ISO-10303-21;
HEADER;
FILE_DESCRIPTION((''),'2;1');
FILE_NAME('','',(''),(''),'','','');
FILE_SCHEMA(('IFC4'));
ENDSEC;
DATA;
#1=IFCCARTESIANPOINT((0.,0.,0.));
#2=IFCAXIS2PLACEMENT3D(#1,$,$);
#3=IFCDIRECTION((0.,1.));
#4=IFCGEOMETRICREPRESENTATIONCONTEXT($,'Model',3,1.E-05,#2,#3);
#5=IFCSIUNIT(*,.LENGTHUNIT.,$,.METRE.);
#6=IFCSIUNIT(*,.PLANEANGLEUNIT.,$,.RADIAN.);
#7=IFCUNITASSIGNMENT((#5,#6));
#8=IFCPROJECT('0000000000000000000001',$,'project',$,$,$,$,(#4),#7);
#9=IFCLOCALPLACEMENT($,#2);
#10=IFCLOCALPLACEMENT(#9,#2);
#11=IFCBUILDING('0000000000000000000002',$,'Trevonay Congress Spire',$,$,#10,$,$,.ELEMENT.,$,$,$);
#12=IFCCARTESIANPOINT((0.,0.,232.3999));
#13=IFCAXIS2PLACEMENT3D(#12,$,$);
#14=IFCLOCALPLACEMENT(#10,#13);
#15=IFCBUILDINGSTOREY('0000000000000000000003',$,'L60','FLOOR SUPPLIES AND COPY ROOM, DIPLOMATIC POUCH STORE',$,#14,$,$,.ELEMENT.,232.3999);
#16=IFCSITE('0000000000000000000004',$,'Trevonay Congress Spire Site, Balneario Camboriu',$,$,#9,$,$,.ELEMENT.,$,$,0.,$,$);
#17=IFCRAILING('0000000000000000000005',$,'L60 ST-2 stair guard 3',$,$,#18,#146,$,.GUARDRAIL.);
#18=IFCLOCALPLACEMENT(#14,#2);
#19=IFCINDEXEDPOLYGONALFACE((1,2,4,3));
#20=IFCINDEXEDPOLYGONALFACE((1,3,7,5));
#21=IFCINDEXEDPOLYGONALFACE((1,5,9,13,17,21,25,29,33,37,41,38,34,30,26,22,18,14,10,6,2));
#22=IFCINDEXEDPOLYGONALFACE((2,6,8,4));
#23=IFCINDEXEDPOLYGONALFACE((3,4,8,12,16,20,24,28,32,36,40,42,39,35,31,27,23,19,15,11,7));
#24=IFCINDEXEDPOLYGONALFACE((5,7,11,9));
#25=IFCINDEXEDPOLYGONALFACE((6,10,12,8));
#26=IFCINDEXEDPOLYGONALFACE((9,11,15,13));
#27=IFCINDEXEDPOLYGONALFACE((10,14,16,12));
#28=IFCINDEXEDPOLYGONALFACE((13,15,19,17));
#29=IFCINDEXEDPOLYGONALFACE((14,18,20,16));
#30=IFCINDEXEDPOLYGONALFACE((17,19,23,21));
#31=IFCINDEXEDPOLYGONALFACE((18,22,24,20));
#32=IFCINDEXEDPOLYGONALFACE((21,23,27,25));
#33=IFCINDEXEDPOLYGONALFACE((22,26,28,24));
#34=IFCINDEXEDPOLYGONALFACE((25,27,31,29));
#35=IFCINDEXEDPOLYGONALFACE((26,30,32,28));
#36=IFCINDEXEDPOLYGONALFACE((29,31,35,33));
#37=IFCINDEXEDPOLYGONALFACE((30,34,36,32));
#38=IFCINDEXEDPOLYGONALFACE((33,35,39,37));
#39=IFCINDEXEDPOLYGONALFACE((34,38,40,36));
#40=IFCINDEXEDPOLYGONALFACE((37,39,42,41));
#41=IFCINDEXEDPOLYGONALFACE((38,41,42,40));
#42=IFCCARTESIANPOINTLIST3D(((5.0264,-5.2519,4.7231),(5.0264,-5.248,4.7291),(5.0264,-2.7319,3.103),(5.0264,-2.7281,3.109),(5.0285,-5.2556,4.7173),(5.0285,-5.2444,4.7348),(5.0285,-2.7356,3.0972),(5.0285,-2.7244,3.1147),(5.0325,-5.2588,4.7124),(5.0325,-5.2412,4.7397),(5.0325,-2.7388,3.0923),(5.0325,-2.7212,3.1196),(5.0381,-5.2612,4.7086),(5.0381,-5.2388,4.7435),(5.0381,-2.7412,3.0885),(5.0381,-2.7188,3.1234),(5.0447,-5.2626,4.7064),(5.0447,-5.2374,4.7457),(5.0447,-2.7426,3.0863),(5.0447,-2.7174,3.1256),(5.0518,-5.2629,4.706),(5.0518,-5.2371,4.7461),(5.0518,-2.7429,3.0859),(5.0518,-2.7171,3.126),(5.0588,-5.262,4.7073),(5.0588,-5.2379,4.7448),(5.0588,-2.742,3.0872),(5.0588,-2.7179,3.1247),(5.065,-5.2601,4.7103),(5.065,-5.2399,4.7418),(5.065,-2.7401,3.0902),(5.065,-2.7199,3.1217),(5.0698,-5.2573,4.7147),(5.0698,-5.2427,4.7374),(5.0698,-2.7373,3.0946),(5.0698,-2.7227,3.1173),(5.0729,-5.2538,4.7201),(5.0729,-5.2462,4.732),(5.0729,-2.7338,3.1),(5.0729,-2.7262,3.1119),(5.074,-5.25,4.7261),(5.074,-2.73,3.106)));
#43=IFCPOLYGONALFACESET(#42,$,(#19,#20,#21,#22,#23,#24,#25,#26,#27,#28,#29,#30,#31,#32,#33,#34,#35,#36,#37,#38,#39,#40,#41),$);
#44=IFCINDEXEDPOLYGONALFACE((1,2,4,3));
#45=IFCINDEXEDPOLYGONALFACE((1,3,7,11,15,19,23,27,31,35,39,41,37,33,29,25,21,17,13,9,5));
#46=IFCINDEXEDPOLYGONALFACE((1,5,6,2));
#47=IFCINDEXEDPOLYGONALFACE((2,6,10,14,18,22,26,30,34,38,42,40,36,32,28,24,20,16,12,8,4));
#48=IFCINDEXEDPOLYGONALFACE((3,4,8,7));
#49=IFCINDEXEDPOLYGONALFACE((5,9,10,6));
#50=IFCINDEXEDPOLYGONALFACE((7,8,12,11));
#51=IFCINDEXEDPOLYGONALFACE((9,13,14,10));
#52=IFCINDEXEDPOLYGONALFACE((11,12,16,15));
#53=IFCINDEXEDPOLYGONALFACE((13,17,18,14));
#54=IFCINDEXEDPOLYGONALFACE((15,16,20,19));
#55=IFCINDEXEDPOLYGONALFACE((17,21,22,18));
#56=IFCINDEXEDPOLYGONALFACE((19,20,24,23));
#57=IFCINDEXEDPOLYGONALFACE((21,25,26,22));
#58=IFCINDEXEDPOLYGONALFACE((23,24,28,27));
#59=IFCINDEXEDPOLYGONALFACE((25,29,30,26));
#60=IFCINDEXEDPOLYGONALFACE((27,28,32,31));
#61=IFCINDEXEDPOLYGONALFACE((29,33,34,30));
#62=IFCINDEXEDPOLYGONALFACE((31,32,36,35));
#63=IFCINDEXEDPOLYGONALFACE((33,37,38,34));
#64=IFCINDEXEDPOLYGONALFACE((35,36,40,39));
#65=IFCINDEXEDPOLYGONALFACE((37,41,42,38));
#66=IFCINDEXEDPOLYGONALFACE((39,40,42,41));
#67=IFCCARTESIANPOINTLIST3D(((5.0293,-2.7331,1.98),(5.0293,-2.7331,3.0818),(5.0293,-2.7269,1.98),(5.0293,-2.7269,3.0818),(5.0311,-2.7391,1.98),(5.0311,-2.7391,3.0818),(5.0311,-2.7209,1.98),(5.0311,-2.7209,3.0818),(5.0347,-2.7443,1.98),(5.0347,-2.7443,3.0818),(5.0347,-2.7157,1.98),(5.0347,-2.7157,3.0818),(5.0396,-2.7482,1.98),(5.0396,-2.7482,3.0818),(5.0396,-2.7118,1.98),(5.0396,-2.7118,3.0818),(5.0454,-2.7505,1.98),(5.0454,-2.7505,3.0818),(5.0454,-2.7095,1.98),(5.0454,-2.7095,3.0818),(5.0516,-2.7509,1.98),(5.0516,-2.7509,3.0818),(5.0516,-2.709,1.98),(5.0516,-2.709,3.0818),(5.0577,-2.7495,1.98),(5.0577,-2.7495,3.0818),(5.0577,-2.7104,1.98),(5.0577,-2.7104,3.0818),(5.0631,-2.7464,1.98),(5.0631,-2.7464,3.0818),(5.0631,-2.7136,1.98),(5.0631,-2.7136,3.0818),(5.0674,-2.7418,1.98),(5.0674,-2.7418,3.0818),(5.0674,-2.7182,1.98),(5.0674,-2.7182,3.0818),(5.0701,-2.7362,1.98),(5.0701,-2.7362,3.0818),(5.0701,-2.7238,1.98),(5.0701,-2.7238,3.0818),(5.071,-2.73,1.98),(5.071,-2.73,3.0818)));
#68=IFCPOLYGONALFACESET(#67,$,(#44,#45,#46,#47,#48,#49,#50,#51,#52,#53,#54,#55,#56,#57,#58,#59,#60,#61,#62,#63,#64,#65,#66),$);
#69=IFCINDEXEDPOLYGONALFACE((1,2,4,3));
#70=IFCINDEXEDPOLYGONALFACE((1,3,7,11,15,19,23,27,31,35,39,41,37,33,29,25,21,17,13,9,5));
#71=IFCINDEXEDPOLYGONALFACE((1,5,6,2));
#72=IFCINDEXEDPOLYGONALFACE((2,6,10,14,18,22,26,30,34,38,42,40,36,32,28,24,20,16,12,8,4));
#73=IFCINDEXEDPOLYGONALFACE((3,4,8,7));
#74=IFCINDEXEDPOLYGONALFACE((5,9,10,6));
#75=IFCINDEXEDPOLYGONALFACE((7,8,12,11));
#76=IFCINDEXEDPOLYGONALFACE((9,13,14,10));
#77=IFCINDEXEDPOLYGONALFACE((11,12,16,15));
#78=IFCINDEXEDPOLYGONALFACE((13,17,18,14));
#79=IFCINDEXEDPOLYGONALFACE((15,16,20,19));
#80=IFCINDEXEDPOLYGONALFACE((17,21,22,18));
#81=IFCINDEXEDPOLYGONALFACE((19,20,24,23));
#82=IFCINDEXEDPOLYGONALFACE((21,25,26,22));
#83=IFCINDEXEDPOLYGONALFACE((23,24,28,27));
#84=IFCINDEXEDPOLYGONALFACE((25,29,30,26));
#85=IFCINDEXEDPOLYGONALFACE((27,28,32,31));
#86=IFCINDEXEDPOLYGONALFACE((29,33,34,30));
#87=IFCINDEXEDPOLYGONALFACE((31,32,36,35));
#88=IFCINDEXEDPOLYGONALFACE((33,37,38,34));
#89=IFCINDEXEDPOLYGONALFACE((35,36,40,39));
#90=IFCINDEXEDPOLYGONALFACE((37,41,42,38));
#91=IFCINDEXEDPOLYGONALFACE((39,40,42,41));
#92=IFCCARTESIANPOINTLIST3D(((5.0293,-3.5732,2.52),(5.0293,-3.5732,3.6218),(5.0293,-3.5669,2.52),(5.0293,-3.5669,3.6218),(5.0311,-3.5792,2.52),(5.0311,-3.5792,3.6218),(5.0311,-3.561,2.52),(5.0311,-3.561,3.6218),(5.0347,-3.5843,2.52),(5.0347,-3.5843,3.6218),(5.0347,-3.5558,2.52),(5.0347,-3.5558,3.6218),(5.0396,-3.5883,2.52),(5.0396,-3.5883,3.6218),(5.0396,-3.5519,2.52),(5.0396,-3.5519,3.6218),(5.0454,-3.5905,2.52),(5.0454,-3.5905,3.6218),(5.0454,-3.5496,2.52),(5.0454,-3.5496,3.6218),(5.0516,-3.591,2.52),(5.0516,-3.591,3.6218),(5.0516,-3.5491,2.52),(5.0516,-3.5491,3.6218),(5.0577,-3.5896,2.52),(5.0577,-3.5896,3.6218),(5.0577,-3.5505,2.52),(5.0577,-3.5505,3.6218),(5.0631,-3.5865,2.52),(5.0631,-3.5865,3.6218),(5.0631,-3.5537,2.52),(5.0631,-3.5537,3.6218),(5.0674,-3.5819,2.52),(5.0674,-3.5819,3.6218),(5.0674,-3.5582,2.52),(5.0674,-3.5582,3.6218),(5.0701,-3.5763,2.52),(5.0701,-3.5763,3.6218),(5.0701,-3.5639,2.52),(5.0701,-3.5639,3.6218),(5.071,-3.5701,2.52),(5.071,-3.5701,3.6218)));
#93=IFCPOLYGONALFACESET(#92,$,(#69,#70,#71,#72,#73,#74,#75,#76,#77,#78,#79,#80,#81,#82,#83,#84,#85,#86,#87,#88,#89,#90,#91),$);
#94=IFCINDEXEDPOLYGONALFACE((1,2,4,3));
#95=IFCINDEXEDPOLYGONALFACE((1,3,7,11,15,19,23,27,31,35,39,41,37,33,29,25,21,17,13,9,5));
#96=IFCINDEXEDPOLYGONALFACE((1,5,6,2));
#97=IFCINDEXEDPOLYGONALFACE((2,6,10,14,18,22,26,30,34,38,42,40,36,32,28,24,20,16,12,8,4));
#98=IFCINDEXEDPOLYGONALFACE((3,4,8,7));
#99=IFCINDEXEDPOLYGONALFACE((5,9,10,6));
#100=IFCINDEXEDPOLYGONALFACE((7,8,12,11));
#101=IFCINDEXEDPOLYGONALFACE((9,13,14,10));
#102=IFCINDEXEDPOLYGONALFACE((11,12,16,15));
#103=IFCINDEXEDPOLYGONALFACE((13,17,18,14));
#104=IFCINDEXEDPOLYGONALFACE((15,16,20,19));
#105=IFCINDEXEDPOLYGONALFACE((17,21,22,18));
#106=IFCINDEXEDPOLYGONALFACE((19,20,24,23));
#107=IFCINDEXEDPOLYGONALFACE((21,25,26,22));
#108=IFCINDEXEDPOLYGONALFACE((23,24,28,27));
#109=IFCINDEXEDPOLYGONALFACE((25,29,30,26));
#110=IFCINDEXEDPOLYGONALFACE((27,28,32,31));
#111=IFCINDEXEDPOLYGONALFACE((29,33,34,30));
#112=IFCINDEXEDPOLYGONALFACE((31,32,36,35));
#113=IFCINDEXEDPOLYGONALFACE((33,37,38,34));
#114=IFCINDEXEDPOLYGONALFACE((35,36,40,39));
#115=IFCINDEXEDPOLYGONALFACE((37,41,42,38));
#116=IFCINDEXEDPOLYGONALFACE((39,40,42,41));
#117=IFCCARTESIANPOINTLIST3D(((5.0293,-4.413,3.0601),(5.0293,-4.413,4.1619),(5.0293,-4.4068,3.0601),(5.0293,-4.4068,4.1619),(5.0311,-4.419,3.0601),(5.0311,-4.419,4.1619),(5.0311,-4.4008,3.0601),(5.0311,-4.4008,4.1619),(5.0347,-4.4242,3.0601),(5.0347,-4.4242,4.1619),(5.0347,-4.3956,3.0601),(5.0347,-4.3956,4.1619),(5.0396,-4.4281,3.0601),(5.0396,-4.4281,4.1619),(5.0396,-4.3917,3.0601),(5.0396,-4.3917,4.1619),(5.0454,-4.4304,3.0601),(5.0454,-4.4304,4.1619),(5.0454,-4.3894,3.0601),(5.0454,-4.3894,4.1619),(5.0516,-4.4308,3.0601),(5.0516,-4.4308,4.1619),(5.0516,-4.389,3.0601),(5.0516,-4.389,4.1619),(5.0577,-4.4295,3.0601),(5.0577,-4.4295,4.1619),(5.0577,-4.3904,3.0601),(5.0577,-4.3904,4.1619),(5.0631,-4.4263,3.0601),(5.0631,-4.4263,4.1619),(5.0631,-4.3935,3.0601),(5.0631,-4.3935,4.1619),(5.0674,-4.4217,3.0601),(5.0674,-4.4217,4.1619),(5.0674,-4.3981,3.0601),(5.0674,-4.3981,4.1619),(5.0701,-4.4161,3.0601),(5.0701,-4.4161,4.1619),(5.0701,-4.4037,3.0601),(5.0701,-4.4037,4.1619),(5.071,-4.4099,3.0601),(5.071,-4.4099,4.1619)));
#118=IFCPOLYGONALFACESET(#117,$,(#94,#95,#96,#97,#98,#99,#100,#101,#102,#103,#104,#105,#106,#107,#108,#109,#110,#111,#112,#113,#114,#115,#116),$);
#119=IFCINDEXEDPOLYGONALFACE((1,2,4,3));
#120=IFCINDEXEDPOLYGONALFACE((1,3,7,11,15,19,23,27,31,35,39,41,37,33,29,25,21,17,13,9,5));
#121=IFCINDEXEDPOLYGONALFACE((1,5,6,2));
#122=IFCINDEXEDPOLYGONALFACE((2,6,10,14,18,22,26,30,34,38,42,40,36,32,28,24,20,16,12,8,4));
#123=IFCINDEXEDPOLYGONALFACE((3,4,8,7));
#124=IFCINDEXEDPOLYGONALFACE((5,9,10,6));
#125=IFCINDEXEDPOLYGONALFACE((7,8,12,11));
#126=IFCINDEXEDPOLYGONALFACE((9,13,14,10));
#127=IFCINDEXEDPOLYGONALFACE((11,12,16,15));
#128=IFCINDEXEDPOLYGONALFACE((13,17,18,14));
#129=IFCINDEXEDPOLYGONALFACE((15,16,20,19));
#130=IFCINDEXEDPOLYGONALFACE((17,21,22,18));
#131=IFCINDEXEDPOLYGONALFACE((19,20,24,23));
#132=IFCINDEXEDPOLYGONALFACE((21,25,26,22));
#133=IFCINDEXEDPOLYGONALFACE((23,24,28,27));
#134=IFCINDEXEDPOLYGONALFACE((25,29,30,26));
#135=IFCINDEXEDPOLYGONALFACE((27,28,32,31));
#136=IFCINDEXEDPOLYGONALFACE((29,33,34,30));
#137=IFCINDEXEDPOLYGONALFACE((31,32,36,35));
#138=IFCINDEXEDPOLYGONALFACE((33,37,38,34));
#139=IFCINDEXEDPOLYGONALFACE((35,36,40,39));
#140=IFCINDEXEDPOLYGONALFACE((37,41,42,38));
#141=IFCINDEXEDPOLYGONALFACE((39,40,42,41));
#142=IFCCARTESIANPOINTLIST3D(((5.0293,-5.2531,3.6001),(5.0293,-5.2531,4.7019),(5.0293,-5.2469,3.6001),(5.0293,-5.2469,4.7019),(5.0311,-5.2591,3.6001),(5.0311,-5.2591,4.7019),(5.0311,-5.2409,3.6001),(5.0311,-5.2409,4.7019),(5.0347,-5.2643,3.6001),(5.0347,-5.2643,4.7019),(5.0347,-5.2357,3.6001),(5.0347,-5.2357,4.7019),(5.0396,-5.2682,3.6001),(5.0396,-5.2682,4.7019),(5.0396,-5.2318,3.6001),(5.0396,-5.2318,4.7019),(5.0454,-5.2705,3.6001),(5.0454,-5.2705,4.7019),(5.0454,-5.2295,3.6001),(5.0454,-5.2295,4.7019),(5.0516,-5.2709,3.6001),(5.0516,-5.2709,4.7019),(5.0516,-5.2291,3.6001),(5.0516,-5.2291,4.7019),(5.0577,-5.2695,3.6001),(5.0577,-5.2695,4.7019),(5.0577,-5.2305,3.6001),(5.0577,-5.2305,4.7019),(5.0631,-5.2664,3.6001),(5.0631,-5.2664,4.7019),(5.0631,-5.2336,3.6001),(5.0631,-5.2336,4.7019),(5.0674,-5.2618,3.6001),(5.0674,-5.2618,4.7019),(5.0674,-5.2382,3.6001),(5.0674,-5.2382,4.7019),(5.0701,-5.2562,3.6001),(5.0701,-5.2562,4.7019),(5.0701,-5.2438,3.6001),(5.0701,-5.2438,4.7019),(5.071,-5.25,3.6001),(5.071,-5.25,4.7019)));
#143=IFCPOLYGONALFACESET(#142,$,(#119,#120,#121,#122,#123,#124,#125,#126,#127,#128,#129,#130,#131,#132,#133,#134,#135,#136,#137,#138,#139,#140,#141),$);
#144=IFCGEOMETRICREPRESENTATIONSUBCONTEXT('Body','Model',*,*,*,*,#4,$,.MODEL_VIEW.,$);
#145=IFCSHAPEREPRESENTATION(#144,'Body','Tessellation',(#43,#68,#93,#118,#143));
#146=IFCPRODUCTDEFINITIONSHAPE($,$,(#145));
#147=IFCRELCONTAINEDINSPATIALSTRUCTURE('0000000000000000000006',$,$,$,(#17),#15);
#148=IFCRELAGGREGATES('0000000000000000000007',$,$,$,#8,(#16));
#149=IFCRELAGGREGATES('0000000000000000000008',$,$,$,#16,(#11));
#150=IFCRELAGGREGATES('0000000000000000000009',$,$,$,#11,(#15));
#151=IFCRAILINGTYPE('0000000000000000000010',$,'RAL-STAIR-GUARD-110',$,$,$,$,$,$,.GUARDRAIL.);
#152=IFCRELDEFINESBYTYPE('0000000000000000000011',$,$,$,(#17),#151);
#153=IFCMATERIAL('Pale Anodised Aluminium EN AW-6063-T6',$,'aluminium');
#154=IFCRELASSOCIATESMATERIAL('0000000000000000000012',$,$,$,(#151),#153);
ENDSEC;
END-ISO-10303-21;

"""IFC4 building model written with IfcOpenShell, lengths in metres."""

from ifc_helpers import new_model, si_unit, direction, frame, origin, origin_2d, place, context, subcontext, project, spatial, circle, extrude, material, type_object, element, save


model = new_model("IFC4")

# Units and contexts
model_context = context("Model", 3, precision=1e-05, world=origin(), true_north=direction((0.0, 1.0)))
body_context = subcontext(model_context, "Body", "Model", "MODEL_VIEW")
ifc_project = project(units=[si_unit("LENGTHUNIT", "METRE"), si_unit("PLANEANGLEUNIT", "RADIAN")], contexts=[model_context])

# Site, building, storey
site_placement = place(None, origin())
site = spatial("IfcSite", under=ifc_project, at=site_placement, Name="Trevonay Congress Spire Site, Balneario Camboriu", CompositionType="ELEMENT", RefElevation=0.0)
building_placement = place(site_placement, origin())
building = spatial("IfcBuilding", under=site, at=building_placement, Name="Trevonay Congress Spire", CompositionType="ELEMENT")
storey_placement = place(building_placement, frame((0.0, 0.0, 232.3999)))
storey = spatial("IfcBuildingStorey", under=building, at=storey_placement, Name="L60", Description="FLOOR SUPPLIES AND COPY ROOM, DIPLOMATIC POUCH STORE", CompositionType="ELEMENT", Elevation=232.3999)

# Shared definitions
ifc_material_1 = material(Name="Pale Anodised Aluminium EN AW-6063-T6", Category="aluminium")

# Railing
railing_type_1 = type_object("IfcRailingType", Name="RAL-STAIR-GUARD-110", PredefinedType="GUARDRAIL", material=ifc_material_1)
railing_1_placement = place(storey_placement, frame((5.05, -2.73, 1.98)))
element("IfcRailing", 1, at=railing_1_placement, inside=storey, type_object=railing_type_1, Name="L60 ST-2 stair guard 3", PredefinedType="GUARDRAIL", context=body_context, shape_type="SweptSolid", body=[
    extrude(circle(Radius=0.0239, at=origin_2d()), frame((0.0, 0.0, 1.126), z_axis=(0.0, -0.841163, 0.540782), x_axis=(1.0, 0.0, 0.0)), (0.0, 0.0, 1.0), 2.9958),
    extrude(circle(Radius=0.021, at=origin_2d()), origin(), (0.0, 0.0, 1.0), 1.1018),
    extrude(circle(Radius=0.021, at=origin_2d()), frame((0.0, -0.8401, 0.54)), (0.0, 0.0, 1.0), 1.1018),
    extrude(circle(Radius=0.021, at=origin_2d()), frame((0.0, -1.6799, 1.0801)), (0.0, 0.0, 1.0), 1.1018),
    extrude(circle(Radius=0.021, at=origin_2d()), frame((0.0, -2.52, 1.6201)), (0.0, 0.0, 1.0), 1.1018),
])

save(model, "model.ifc")
